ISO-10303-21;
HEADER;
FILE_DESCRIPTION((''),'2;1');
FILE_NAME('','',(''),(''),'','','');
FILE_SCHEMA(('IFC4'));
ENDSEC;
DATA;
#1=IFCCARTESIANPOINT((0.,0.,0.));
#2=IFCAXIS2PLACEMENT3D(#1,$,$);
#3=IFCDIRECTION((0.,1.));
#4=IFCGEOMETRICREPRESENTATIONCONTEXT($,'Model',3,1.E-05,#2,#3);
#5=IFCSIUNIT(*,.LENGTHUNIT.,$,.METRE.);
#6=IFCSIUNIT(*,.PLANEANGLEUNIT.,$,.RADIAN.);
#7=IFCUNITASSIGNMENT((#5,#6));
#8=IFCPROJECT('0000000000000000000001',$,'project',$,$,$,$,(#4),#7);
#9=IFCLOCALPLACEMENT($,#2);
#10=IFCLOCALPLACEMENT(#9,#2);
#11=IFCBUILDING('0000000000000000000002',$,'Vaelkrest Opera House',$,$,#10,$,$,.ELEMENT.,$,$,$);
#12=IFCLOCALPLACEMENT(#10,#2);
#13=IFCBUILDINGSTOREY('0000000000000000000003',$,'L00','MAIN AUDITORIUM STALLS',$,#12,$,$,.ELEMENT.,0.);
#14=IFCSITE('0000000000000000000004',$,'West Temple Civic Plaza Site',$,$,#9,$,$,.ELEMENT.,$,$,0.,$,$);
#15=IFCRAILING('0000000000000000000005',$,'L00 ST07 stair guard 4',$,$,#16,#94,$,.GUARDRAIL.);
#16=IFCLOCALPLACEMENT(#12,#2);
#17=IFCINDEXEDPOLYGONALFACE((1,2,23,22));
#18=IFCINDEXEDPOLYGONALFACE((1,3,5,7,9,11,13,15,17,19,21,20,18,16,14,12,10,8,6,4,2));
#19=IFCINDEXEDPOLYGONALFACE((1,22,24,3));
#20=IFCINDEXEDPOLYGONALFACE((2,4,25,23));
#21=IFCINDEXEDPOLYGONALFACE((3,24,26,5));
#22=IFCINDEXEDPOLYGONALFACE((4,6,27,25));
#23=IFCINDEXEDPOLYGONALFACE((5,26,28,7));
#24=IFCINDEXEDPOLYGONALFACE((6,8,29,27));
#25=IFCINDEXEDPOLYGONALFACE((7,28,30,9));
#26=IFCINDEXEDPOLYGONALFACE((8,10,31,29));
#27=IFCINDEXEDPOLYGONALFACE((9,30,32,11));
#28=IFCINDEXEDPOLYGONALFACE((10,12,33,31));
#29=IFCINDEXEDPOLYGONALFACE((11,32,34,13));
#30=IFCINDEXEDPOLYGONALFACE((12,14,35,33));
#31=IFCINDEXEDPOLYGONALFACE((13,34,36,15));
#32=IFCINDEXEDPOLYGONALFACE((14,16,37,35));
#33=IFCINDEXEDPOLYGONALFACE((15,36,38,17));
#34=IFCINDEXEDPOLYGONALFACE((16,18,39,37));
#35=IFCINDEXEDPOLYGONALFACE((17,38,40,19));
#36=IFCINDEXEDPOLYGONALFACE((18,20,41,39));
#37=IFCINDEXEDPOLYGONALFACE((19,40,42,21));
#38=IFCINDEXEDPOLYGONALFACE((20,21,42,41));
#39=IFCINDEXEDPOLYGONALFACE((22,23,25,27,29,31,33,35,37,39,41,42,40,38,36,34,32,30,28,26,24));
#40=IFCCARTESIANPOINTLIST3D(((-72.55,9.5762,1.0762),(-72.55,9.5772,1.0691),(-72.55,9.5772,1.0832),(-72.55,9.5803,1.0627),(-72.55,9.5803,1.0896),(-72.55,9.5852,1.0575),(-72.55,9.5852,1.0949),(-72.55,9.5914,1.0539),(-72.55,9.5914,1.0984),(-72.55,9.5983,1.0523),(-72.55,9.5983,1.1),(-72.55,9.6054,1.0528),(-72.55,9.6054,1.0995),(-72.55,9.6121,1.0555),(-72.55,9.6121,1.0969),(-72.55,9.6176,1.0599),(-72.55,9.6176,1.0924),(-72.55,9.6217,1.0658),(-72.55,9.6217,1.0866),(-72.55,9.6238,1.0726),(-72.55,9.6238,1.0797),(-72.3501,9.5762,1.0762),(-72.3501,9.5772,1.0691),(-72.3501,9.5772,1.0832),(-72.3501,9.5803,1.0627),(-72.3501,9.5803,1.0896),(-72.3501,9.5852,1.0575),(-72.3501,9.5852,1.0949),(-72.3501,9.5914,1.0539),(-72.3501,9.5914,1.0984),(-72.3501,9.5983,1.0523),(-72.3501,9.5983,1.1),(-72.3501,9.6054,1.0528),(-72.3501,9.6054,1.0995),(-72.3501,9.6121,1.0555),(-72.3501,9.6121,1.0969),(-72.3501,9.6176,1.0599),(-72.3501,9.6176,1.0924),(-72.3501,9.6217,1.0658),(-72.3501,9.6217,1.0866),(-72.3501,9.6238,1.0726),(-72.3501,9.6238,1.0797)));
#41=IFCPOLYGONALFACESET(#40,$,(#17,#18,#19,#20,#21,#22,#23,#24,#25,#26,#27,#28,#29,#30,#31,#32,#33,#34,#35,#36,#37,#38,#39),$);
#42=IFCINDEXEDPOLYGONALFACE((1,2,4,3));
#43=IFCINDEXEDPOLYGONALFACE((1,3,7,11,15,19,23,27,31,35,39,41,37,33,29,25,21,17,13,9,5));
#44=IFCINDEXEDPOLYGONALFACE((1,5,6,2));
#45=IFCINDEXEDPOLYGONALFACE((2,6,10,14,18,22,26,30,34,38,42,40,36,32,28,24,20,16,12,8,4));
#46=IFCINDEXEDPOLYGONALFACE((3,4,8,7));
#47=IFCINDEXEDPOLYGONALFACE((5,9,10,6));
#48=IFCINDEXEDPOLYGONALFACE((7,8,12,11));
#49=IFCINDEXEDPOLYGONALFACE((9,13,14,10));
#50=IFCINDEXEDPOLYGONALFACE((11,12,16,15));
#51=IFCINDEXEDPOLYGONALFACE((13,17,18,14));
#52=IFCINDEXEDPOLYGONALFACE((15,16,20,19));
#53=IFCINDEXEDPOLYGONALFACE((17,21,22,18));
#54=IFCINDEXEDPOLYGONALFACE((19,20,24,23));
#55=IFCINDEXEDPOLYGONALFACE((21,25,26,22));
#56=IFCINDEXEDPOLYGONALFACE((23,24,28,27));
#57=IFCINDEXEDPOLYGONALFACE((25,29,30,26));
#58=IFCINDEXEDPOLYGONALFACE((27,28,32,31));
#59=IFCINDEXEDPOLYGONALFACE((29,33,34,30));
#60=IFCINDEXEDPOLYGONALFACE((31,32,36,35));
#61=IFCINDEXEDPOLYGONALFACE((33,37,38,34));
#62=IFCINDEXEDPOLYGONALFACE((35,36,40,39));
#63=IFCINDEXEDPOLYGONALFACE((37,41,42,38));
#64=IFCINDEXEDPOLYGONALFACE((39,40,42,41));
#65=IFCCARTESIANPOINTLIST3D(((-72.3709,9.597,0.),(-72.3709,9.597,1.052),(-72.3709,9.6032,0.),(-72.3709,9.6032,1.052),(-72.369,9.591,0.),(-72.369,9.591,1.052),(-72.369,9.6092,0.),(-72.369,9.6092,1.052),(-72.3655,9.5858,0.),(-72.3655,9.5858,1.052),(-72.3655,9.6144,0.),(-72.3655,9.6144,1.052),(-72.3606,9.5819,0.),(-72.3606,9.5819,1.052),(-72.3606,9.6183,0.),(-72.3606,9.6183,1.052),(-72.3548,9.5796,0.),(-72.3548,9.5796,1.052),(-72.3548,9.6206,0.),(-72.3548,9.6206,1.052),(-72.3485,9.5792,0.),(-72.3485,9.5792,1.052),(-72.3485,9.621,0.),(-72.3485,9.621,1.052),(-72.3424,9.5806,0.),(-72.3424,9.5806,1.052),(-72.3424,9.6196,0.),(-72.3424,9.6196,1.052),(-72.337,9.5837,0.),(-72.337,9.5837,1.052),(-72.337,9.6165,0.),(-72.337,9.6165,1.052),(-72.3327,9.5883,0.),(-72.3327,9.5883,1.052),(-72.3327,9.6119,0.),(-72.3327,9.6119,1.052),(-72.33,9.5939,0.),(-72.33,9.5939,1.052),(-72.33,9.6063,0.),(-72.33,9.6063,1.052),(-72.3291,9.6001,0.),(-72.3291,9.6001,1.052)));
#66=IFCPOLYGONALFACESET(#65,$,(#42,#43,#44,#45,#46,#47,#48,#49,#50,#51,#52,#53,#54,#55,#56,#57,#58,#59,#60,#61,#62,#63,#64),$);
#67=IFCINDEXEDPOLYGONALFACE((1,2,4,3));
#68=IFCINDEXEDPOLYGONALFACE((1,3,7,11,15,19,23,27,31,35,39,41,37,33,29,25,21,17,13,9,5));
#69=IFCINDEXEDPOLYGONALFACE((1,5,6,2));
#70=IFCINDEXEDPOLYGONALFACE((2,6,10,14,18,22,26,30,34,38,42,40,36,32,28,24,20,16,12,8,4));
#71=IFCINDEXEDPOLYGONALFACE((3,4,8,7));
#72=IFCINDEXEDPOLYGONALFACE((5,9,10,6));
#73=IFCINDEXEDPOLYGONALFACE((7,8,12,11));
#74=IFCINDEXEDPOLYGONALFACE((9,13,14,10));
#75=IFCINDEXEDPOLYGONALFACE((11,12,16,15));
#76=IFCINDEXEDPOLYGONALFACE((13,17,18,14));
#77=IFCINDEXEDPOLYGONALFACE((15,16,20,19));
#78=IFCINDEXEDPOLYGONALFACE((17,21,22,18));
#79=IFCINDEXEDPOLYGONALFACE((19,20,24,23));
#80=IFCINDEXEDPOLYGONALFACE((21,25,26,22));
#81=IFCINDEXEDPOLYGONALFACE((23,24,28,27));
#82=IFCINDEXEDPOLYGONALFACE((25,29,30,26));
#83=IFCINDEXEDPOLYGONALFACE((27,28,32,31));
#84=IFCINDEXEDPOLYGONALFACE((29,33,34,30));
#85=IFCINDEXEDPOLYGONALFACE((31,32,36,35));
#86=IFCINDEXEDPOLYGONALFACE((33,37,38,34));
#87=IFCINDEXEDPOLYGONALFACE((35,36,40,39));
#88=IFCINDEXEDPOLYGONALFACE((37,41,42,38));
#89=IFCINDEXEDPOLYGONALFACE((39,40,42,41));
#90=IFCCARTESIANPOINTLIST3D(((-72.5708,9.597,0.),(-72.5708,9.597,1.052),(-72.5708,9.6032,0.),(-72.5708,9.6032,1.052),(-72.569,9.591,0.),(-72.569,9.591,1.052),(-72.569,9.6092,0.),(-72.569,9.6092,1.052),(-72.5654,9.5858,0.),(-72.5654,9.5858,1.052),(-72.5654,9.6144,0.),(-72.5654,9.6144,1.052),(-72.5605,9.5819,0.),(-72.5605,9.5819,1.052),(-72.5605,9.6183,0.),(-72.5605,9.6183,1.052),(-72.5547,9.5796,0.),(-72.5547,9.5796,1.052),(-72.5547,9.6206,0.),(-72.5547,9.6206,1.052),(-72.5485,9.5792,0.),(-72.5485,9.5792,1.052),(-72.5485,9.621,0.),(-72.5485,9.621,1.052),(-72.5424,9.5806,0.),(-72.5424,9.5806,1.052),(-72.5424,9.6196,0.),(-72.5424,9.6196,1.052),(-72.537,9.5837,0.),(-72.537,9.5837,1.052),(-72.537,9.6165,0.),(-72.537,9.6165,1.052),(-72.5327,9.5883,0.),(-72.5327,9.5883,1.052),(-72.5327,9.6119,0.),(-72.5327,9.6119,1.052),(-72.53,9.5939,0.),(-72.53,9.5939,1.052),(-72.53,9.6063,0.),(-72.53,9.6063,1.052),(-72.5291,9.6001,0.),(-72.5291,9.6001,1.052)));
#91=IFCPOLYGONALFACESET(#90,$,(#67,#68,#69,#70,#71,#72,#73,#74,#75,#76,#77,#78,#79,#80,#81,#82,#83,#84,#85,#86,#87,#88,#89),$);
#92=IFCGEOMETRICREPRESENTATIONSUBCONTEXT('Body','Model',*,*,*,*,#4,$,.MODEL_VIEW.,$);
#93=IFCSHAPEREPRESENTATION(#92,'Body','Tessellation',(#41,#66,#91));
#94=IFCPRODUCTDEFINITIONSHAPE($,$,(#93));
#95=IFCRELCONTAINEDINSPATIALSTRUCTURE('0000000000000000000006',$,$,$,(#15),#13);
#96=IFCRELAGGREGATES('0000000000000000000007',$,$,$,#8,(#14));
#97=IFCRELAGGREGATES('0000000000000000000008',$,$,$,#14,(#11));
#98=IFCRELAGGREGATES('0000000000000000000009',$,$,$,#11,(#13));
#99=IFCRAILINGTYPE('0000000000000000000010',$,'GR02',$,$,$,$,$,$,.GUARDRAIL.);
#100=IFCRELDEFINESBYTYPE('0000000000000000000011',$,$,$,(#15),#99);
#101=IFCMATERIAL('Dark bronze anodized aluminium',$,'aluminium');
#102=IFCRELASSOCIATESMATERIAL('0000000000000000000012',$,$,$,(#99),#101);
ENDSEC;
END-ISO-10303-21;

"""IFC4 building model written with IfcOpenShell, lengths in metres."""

from ifc_helpers import new_model, si_unit, direction, frame, origin, origin_2d, place, context, subcontext, project, spatial, circle, extrude, material, type_object, element, save


model = new_model("IFC4")

# Units and contexts
model_context = context("Model", 3, precision=1e-05, world=origin(), true_north=direction((0.0, 1.0)))
body_context = subcontext(model_context, "Body", "Model", "MODEL_VIEW")
ifc_project = project(units=[si_unit("LENGTHUNIT", "METRE"), si_unit("PLANEANGLEUNIT", "RADIAN")], contexts=[model_context])

# Site, building, storey
site_placement = place(None, origin())
site = spatial("IfcSite", under=ifc_project, at=site_placement, Name="West Temple Civic Plaza Site", CompositionType="ELEMENT", RefElevation=0.0)
building_placement = place(site_placement, origin())
building = spatial("IfcBuilding", under=site, at=building_placement, Name="Vaelkrest Opera House", CompositionType="ELEMENT")
storey_placement = place(building_placement, origin())
storey = spatial("IfcBuildingStorey", under=building, at=storey_placement, Name="L00", Description="MAIN AUDITORIUM STALLS", CompositionType="ELEMENT", Elevation=0.0)

# Shared definitions
ifc_material_1 = material(Name="Dark bronze anodized aluminium", Category="aluminium")

# Railing
railing_type_1 = type_object("IfcRailingType", Name="GR02", PredefinedType="GUARDRAIL", material=ifc_material_1)
railing_1_placement = place(storey_placement, frame((-72.3501, 9.6001, 0.0)))
element("IfcRailing", 1, at=railing_1_placement, inside=storey, type_object=railing_type_1, Name="L00 ST07 stair guard 4", PredefinedType="GUARDRAIL", context=body_context, shape_type="SweptSolid", body=[
    extrude(circle(Radius=0.0239, at=origin_2d()), frame((0.0, 0.0, 1.0762), z_axis=(-1.0, 0.0, 0.0), x_axis=(0.0, -1.0, 0.0)), (0.0, 0.0, 1.0), 0.2),
    extrude(circle(Radius=0.021, at=origin_2d()), origin(), (0.0, 0.0, 1.0), 1.052),
    extrude(circle(Radius=0.021, at=origin_2d()), frame((-0.2, 0.0, 0.0)), (0.0, 0.0, 1.0), 1.052),
])

save(model, "model.ifc")
